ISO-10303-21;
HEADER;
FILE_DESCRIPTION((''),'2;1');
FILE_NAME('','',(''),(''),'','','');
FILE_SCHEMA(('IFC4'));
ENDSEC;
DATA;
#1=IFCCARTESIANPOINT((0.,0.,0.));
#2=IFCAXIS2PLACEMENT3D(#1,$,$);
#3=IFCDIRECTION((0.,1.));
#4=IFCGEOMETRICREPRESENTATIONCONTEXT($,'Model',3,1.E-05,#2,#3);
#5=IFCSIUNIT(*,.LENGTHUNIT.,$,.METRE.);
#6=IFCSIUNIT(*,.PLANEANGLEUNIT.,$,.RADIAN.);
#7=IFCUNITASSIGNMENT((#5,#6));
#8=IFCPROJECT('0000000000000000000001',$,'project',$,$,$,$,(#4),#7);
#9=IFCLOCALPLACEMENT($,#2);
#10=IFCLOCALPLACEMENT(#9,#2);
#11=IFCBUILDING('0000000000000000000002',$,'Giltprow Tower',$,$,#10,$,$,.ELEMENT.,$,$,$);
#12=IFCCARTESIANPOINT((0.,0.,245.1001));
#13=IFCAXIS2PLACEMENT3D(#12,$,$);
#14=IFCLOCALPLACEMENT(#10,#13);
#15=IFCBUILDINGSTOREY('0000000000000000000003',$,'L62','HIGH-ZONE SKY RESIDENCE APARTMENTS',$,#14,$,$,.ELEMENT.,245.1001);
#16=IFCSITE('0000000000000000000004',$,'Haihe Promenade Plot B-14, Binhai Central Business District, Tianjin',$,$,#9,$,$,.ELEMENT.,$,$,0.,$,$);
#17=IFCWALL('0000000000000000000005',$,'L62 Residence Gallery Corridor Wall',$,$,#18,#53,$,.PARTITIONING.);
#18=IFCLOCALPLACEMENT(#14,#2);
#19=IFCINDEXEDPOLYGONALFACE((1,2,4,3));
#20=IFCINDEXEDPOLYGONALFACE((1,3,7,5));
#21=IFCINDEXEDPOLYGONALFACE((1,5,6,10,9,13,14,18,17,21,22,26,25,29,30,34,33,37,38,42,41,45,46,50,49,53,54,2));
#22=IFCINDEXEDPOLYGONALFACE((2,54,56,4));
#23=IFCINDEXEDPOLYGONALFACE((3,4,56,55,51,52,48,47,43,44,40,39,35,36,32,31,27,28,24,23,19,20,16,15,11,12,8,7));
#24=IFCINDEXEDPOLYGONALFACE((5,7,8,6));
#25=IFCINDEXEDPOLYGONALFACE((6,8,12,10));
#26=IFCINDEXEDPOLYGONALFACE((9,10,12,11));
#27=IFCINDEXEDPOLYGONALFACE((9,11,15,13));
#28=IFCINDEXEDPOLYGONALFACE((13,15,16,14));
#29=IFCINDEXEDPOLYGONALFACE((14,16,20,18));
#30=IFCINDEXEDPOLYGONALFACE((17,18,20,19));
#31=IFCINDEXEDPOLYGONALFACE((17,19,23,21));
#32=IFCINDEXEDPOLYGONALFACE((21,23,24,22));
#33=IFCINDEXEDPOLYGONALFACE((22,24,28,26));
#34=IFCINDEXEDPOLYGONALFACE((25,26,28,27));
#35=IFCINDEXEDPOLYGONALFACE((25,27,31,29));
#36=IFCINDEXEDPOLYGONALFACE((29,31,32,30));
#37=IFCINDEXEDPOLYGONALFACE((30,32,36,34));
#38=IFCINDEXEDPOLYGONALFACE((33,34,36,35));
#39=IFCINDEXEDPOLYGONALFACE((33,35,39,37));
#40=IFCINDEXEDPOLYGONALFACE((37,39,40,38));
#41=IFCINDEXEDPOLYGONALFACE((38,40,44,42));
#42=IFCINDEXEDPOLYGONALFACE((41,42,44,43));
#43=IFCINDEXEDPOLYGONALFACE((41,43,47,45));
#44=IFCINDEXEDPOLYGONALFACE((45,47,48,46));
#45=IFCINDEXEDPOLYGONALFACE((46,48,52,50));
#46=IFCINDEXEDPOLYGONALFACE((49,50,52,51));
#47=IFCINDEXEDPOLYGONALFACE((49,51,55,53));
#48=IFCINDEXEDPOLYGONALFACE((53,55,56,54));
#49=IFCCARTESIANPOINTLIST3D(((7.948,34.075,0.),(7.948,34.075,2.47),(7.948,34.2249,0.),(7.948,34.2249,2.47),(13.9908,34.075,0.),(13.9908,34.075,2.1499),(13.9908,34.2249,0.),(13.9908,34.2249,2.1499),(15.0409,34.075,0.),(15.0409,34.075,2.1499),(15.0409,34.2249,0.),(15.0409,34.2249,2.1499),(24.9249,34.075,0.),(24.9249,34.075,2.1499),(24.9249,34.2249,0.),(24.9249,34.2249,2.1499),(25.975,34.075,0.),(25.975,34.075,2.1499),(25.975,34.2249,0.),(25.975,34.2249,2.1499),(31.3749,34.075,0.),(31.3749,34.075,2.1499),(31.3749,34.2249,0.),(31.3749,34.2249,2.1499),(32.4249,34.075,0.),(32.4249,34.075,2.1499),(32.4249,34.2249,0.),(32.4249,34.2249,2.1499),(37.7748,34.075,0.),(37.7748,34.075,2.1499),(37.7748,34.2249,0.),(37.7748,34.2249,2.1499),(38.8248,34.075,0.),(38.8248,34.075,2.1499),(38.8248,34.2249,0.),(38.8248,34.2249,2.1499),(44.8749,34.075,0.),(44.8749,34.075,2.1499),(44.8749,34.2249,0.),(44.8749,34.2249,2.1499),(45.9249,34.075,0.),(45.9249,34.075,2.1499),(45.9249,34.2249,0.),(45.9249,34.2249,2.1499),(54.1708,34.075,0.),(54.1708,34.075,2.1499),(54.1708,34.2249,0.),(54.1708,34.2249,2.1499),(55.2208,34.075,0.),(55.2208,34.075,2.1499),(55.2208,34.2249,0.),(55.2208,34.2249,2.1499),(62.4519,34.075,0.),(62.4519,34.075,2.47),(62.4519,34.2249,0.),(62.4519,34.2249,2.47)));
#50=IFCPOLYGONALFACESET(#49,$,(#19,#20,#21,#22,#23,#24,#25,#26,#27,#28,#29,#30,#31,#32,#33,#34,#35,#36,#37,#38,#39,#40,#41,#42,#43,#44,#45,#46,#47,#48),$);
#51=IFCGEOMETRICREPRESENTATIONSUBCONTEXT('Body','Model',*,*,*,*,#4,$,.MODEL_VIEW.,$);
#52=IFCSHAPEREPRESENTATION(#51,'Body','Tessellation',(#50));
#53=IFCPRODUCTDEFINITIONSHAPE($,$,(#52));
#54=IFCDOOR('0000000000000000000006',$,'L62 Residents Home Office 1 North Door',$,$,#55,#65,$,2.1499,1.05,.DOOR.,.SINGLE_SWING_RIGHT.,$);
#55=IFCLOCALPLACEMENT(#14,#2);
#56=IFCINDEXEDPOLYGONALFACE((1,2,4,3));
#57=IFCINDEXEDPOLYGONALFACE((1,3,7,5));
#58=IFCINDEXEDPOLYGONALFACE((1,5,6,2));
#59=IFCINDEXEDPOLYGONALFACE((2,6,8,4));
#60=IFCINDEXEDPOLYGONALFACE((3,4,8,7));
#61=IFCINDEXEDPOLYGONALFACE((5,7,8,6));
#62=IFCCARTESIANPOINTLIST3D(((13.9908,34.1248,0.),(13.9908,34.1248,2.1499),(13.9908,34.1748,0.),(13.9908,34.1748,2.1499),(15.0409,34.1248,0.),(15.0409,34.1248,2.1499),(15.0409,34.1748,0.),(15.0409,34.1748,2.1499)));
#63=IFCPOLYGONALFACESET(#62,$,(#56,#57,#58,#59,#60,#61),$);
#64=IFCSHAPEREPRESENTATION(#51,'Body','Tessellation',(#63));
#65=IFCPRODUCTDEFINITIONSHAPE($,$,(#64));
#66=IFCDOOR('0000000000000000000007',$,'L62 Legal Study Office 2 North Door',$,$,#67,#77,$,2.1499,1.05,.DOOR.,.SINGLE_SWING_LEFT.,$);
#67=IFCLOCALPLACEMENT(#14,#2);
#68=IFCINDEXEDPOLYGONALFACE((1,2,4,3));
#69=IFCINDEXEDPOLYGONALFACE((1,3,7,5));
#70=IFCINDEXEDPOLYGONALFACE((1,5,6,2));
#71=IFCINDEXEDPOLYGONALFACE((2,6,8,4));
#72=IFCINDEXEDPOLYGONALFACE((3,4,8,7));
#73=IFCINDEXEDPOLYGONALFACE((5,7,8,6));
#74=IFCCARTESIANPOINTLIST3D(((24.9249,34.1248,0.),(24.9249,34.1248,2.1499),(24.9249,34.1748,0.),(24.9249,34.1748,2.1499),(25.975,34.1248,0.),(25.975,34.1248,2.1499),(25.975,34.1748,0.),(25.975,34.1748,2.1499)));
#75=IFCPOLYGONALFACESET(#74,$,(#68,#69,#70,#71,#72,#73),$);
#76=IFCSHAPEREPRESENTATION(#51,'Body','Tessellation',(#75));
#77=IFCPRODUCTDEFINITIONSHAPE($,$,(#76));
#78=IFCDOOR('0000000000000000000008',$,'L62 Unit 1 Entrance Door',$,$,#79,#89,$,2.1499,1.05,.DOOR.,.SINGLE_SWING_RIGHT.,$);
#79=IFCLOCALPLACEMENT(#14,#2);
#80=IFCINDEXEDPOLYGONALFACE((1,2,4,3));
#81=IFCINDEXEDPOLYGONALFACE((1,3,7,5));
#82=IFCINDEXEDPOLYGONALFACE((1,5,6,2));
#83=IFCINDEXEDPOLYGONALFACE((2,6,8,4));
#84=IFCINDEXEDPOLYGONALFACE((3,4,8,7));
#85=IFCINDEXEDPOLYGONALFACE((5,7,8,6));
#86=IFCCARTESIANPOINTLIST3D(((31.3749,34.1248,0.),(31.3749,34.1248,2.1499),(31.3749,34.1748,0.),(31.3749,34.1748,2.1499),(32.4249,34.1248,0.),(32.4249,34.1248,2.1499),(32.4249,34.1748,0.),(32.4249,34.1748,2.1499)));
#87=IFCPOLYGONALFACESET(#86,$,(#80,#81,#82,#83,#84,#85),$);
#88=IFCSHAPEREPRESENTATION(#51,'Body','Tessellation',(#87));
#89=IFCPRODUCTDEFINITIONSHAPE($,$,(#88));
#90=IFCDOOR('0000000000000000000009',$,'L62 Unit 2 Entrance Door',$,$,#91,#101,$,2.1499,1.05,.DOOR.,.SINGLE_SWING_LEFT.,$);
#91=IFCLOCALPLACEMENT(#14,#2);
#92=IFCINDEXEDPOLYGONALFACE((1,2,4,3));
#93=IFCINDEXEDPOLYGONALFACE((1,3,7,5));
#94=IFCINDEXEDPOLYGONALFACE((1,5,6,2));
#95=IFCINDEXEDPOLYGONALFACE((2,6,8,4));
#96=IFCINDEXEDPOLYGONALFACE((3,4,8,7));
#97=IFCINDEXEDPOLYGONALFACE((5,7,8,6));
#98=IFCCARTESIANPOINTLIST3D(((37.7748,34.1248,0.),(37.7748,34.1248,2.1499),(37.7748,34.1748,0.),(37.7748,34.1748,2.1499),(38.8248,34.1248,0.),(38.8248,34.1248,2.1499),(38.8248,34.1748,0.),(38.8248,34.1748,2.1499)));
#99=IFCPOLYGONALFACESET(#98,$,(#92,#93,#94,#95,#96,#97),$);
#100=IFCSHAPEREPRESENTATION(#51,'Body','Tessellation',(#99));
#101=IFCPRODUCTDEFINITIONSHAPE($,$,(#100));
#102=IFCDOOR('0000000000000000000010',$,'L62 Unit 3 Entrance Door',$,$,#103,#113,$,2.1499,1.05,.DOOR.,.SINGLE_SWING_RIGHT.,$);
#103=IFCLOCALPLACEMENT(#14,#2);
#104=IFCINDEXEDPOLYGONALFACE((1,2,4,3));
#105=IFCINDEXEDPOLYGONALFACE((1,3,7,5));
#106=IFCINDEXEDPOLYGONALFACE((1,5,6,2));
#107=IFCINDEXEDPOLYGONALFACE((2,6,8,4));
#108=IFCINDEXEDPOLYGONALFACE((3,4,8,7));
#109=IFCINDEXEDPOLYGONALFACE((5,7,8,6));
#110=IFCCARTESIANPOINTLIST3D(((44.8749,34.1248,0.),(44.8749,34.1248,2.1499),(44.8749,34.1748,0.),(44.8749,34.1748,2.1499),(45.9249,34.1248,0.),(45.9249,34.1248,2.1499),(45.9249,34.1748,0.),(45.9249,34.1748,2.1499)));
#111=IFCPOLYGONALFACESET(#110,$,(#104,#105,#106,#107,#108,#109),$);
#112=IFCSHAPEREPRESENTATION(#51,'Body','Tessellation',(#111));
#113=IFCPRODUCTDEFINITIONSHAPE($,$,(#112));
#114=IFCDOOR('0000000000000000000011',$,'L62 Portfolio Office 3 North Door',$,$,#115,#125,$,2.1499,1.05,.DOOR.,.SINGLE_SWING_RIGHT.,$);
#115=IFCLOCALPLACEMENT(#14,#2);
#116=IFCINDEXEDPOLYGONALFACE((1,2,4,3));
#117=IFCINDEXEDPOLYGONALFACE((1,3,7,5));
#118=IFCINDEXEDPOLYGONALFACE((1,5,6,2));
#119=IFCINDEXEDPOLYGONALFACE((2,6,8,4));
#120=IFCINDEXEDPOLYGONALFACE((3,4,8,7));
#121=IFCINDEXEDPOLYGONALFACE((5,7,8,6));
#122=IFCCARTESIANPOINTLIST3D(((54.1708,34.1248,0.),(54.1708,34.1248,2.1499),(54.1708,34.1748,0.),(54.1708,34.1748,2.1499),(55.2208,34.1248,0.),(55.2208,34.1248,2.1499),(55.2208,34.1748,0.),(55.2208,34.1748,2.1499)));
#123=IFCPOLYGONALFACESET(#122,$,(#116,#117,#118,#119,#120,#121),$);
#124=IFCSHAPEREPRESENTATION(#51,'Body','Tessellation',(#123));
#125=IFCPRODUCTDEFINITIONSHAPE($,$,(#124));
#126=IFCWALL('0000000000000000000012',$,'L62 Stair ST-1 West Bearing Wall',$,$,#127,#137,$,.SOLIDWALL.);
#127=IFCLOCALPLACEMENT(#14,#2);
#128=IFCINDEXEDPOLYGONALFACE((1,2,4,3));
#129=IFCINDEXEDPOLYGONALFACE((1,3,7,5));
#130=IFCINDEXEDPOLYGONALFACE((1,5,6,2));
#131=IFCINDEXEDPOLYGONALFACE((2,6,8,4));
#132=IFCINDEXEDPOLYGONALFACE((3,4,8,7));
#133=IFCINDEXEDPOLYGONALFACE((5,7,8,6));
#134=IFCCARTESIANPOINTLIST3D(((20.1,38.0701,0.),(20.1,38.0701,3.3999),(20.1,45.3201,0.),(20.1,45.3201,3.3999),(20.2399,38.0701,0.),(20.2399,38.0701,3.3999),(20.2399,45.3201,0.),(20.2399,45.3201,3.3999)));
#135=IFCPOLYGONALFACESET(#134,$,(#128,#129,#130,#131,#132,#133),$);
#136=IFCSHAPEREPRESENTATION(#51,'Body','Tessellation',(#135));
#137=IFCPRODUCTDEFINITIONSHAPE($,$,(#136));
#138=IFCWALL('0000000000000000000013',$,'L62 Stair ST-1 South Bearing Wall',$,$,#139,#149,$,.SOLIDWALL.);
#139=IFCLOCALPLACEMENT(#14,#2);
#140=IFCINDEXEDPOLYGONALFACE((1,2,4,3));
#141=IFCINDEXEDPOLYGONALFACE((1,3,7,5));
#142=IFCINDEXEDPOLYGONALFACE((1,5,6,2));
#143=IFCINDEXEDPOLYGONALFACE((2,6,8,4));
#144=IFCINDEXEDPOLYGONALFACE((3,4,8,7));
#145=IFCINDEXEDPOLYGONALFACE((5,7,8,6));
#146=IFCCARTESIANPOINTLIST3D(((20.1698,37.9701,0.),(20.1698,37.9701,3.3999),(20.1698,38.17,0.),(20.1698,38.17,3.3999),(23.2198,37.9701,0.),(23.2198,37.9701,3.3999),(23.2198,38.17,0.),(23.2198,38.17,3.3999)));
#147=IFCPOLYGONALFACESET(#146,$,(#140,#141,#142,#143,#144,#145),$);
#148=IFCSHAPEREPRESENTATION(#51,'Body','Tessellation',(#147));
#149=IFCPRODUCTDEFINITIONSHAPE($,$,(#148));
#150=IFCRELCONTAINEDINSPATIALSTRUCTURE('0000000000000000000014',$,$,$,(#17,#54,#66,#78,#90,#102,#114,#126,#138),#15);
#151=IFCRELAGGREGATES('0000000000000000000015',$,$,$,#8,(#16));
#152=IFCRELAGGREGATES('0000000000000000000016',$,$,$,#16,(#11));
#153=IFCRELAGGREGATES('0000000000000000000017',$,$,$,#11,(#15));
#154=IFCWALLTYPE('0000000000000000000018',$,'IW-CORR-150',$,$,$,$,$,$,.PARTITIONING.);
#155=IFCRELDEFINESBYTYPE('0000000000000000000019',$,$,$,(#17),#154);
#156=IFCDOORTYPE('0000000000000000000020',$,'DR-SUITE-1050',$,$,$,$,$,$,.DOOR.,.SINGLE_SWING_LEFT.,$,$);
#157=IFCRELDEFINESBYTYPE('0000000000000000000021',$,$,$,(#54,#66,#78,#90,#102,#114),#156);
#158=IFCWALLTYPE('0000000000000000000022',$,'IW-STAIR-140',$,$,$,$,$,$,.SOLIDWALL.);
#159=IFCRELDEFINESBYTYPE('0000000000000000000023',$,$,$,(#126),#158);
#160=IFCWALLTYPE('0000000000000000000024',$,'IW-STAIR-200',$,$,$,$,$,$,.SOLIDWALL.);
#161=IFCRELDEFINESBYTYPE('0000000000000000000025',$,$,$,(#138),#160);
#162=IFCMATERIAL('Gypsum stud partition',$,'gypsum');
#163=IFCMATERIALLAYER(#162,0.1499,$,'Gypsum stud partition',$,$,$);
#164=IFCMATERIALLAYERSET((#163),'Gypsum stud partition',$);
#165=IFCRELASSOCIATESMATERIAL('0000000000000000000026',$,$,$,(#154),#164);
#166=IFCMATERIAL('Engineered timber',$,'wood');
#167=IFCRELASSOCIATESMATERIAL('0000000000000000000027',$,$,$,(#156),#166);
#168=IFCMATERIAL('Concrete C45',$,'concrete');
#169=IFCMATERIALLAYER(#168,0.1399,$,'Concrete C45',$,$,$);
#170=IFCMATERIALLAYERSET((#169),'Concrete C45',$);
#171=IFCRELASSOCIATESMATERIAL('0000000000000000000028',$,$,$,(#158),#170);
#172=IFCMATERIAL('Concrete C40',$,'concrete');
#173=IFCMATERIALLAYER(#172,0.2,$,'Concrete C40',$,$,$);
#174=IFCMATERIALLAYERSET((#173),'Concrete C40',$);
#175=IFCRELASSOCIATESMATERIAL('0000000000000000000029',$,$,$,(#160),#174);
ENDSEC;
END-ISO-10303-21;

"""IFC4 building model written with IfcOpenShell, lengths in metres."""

from ifc_helpers import new_model, si_unit, direction, frame, frame_2d, origin, place, context, subcontext, project, spatial, rectangle, extrude, source, transform, mapped, material, layer, layer_set, type_object, element, fill, save


model = new_model("IFC4")

# Units and contexts
model_context = context("Model", 3, precision=1e-05, world=origin(), true_north=direction((0.0, 1.0)))
body_context = subcontext(model_context, "Body", "Model", "MODEL_VIEW")
ifc_project = project(units=[si_unit("LENGTHUNIT", "METRE"), si_unit("PLANEANGLEUNIT", "RADIAN")], contexts=[model_context])

# Site, building, storey
site_placement = place(None, origin())
site = spatial("IfcSite", under=ifc_project, at=site_placement, Name="Haihe Promenade Plot B-14, Binhai Central Business District, Tianjin", CompositionType="ELEMENT", RefElevation=0.0)
building_placement = place(site_placement, origin())
building = spatial("IfcBuilding", under=site, at=building_placement, Name="Giltprow Tower", CompositionType="ELEMENT")
storey_placement = place(building_placement, frame((0.0, 0.0, 245.1001)))
storey = spatial("IfcBuildingStorey", under=building, at=storey_placement, Name="L62", Description="HIGH-ZONE SKY RESIDENCE APARTMENTS", CompositionType="ELEMENT", Elevation=245.1001)

# Wall, openings, doors
ifc_material_1 = material(Name="Gypsum stud partition", Category="gypsum")
ifc_layer_1 = layer(ifc_material_1, 0.1499, Name="Gypsum stud partition")
ifc_layer_set_1 = layer_set([ifc_layer_1], Name="Gypsum stud partition")
wall_type_1 = type_object("IfcWallType", Name="IW-CORR-150", PredefinedType="PARTITIONING", material=ifc_layer_set_1)
wall_1_placement = place(storey_placement, frame((7.948, 34.1499, 0.0), z_axis=(0.0, 0.0, 1.0), x_axis=(1.0, 0.0, 0.0)))
wall_1 = element("IfcWall", 1, at=wall_1_placement, inside=storey, type_object=wall_type_1, Name="L62 Residence Gallery Corridor Wall", PredefinedType="PARTITIONING", context=body_context, shape_type="SweptSolid", body=[
    extrude(rectangle(XDim=54.5039, YDim=0.1499, at=frame_2d((27.252, 0.0))), origin(), (0.0, 0.0, 1.0), 2.47),
])
opening_1_placement = place(wall_1_placement, frame((6.043, 0.0, 0.0)))
opening_1 = element("IfcOpeningElement", 2, at=opening_1_placement, cuts=wall_1, PredefinedType="OPENING", context=body_context, shape_type="SweptSolid", body=[
    extrude(rectangle(XDim=1.05, YDim=2.1499, at=frame_2d((0.5249, 1.075))), frame((0.0, 0.085, 0.0), z_axis=(0.0, -1.0, 0.0), x_axis=(1.0, 0.0, 0.0)), (0.0, 0.0, 1.0), 0.1699),
])
opening_2_placement = place(wall_1_placement, frame((16.9771, 0.0, 0.0)))
opening_2 = element("IfcOpeningElement", 3, at=opening_2_placement, cuts=wall_1, PredefinedType="OPENING", context=body_context, shape_type="SweptSolid", body=[
    extrude(rectangle(XDim=1.05, YDim=2.1499, at=frame_2d((0.5249, 1.075))), frame((0.0, 0.085, 0.0), z_axis=(0.0, -1.0, 0.0), x_axis=(1.0, 0.0, 0.0)), (0.0, 0.0, 1.0), 0.1699),
])
opening_3_placement = place(wall_1_placement, frame((23.427, 0.0, 0.0)))
opening_3 = element("IfcOpeningElement", 4, at=opening_3_placement, cuts=wall_1, PredefinedType="OPENING", context=body_context, shape_type="SweptSolid", body=[
    extrude(rectangle(XDim=1.05, YDim=2.1499, at=frame_2d((0.5249, 1.075))), frame((0.0, 0.085, 0.0), z_axis=(0.0, -1.0, 0.0), x_axis=(1.0, 0.0, 0.0)), (0.0, 0.0, 1.0), 0.1699),
])
opening_4_placement = place(wall_1_placement, frame((29.8269, 0.0, 0.0)))
opening_4 = element("IfcOpeningElement", 5, at=opening_4_placement, cuts=wall_1, PredefinedType="OPENING", context=body_context, shape_type="SweptSolid", body=[
    extrude(rectangle(XDim=1.05, YDim=2.1499, at=frame_2d((0.5249, 1.075))), frame((0.0, 0.085, 0.0), z_axis=(0.0, -1.0, 0.0), x_axis=(1.0, 0.0, 0.0)), (0.0, 0.0, 1.0), 0.1699),
])
opening_5_placement = place(wall_1_placement, frame((36.927, 0.0, 0.0)))
opening_5 = element("IfcOpeningElement", 6, at=opening_5_placement, cuts=wall_1, PredefinedType="OPENING", context=body_context, shape_type="SweptSolid", body=[
    extrude(rectangle(XDim=1.05, YDim=2.1499, at=frame_2d((0.5249, 1.075))), frame((0.0, 0.085, 0.0), z_axis=(0.0, -1.0, 0.0), x_axis=(1.0, 0.0, 0.0)), (0.0, 0.0, 1.0), 0.1699),
])
opening_6_placement = place(wall_1_placement, frame((46.2229, 0.0, 0.0)))
opening_6 = element("IfcOpeningElement", 7, at=opening_6_placement, cuts=wall_1, PredefinedType="OPENING", context=body_context, shape_type="SweptSolid", body=[
    extrude(rectangle(XDim=1.05, YDim=2.1499, at=frame_2d((0.5249, 1.075))), frame((0.0, 0.085, 0.0), z_axis=(0.0, -1.0, 0.0), x_axis=(1.0, 0.0, 0.0)), (0.0, 0.0, 1.0), 0.1699),
])
ifc_material_2 = material(Name="Engineered timber", Category="wood")
door_type_1 = type_object("IfcDoorType", Name="DR-SUITE-1050", OperationType="SINGLE_SWING_LEFT", PredefinedType="DOOR", material=ifc_material_2)
shared_shape_1 = source(origin(), body_context, "Body", "SweptSolid", [
    extrude(rectangle(XDim=1.05, YDim=2.1499, at=frame_2d((0.5249, 1.075))), frame((0.0, 0.0249, 0.0), z_axis=(0.0, -1.0, 0.0), x_axis=(1.0, 0.0, 0.0)), (0.0, 0.0, 1.0), 0.05),
])
door_1_placement = place(opening_1_placement, origin())
door_1 = element("IfcDoor", 8, at=door_1_placement, inside=storey, type_object=door_type_1, Name="L62 Residents Home Office 1 North Door", OperationType="SINGLE_SWING_RIGHT", OverallHeight=2.1499, OverallWidth=1.05, PredefinedType="DOOR", context=body_context, shape_type="MappedRepresentation", body=[
    mapped(shared_shape_1, transform((0.0, 0.0, 0.0), x_axis=(1.0, 0.0, 0.0), y_axis=(0.0, 1.0, 0.0), z_axis=(0.0, 0.0, 1.0), scale=1.0)),
])
fill(opening_1, door_1)
door_2_placement = place(opening_2_placement, origin())
door_2 = element("IfcDoor", 9, at=door_2_placement, inside=storey, type_object=door_type_1, Name="L62 Legal Study Office 2 North Door", OperationType="SINGLE_SWING_LEFT", OverallHeight=2.1499, OverallWidth=1.05, PredefinedType="DOOR", context=body_context, shape_type="MappedRepresentation", body=[
    mapped(shared_shape_1, transform((0.0, 0.0, 0.0), x_axis=(1.0, 0.0, 0.0), y_axis=(0.0, 1.0, 0.0), z_axis=(0.0, 0.0, 1.0), scale=1.0)),
])
fill(opening_2, door_2)
door_3_placement = place(opening_3_placement, origin())
door_3 = element("IfcDoor", 10, at=door_3_placement, inside=storey, type_object=door_type_1, Name="L62 Unit 1 Entrance Door", OperationType="SINGLE_SWING_RIGHT", OverallHeight=2.1499, OverallWidth=1.05, PredefinedType="DOOR", context=body_context, shape_type="MappedRepresentation", body=[
    mapped(shared_shape_1, transform((0.0, 0.0, 0.0), x_axis=(1.0, 0.0, 0.0), y_axis=(0.0, 1.0, 0.0), z_axis=(0.0, 0.0, 1.0), scale=1.0)),
])
fill(opening_3, door_3)
door_4_placement = place(opening_4_placement, origin())
door_4 = element("IfcDoor", 11, at=door_4_placement, inside=storey, type_object=door_type_1, Name="L62 Unit 2 Entrance Door", OperationType="SINGLE_SWING_LEFT", OverallHeight=2.1499, OverallWidth=1.05, PredefinedType="DOOR", context=body_context, shape_type="MappedRepresentation", body=[
    mapped(shared_shape_1, transform((0.0, 0.0, 0.0), x_axis=(1.0, 0.0, 0.0), y_axis=(0.0, 1.0, 0.0), z_axis=(0.0, 0.0, 1.0), scale=1.0)),
])
fill(opening_4, door_4)
door_5_placement = place(opening_5_placement, origin())
door_5 = element("IfcDoor", 12, at=door_5_placement, inside=storey, type_object=door_type_1, Name="L62 Unit 3 Entrance Door", OperationType="SINGLE_SWING_RIGHT", OverallHeight=2.1499, OverallWidth=1.05, PredefinedType="DOOR", context=body_context, shape_type="MappedRepresentation", body=[
    mapped(shared_shape_1, transform((0.0, 0.0, 0.0), x_axis=(1.0, 0.0, 0.0), y_axis=(0.0, 1.0, 0.0), z_axis=(0.0, 0.0, 1.0), scale=1.0)),
])
fill(opening_5, door_5)
door_6_placement = place(opening_6_placement, origin())
door_6 = element("IfcDoor", 13, at=door_6_placement, inside=storey, type_object=door_type_1, Name="L62 Portfolio Office 3 North Door", OperationType="SINGLE_SWING_RIGHT", OverallHeight=2.1499, OverallWidth=1.05, PredefinedType="DOOR", context=body_context, shape_type="MappedRepresentation", body=[
    mapped(shared_shape_1, transform((0.0, 0.0, 0.0), x_axis=(1.0, 0.0, 0.0), y_axis=(0.0, 1.0, 0.0), z_axis=(0.0, 0.0, 1.0), scale=1.0)),
])
fill(opening_6, door_6)

# Walls
ifc_material_3 = material(Name="Concrete C45", Category="concrete")
ifc_layer_2 = layer(ifc_material_3, 0.1399, Name="Concrete C45")
ifc_layer_set_2 = layer_set([ifc_layer_2], Name="Concrete C45")
wall_type_2 = type_object("IfcWallType", Name="IW-STAIR-140", PredefinedType="SOLIDWALL", material=ifc_layer_set_2)
wall_2_placement = place(storey_placement, frame((20.1699, 38.0701, 0.0), z_axis=(0.0, 0.0, 1.0), x_axis=(0.0, 1.0, 0.0)))
element("IfcWall", 14, at=wall_2_placement, inside=storey, type_object=wall_type_2, Name="L62 Stair ST-1 West Bearing Wall", PredefinedType="SOLIDWALL", context=body_context, shape_type="SweptSolid", body=[
    extrude(rectangle(XDim=7.25, YDim=0.1399, at=frame_2d((3.625, 0.0))), origin(), (0.0, 0.0, 1.0), 3.3999),
])
ifc_material_4 = material(Name="Concrete C40", Category="concrete")
ifc_layer_3 = layer(ifc_material_4, 0.2, Name="Concrete C40")
ifc_layer_set_3 = layer_set([ifc_layer_3], Name="Concrete C40")
wall_type_3 = type_object("IfcWallType", Name="IW-STAIR-200", PredefinedType="SOLIDWALL", material=ifc_layer_set_3)
wall_3_placement = place(storey_placement, frame((20.1699, 38.0701, 0.0), z_axis=(0.0, 0.0, 1.0), x_axis=(1.0, 0.0, 0.0)))
element("IfcWall", 15, at=wall_3_placement, inside=storey, type_object=wall_type_3, Name="L62 Stair ST-1 South Bearing Wall", PredefinedType="SOLIDWALL", context=body_context, shape_type="SweptSolid", body=[
    extrude(rectangle(XDim=3.05, YDim=0.2, at=frame_2d((1.5249, 0.0))), origin(), (0.0, 0.0, 1.0), 3.3999),
])

save(model, "model.ifc")
